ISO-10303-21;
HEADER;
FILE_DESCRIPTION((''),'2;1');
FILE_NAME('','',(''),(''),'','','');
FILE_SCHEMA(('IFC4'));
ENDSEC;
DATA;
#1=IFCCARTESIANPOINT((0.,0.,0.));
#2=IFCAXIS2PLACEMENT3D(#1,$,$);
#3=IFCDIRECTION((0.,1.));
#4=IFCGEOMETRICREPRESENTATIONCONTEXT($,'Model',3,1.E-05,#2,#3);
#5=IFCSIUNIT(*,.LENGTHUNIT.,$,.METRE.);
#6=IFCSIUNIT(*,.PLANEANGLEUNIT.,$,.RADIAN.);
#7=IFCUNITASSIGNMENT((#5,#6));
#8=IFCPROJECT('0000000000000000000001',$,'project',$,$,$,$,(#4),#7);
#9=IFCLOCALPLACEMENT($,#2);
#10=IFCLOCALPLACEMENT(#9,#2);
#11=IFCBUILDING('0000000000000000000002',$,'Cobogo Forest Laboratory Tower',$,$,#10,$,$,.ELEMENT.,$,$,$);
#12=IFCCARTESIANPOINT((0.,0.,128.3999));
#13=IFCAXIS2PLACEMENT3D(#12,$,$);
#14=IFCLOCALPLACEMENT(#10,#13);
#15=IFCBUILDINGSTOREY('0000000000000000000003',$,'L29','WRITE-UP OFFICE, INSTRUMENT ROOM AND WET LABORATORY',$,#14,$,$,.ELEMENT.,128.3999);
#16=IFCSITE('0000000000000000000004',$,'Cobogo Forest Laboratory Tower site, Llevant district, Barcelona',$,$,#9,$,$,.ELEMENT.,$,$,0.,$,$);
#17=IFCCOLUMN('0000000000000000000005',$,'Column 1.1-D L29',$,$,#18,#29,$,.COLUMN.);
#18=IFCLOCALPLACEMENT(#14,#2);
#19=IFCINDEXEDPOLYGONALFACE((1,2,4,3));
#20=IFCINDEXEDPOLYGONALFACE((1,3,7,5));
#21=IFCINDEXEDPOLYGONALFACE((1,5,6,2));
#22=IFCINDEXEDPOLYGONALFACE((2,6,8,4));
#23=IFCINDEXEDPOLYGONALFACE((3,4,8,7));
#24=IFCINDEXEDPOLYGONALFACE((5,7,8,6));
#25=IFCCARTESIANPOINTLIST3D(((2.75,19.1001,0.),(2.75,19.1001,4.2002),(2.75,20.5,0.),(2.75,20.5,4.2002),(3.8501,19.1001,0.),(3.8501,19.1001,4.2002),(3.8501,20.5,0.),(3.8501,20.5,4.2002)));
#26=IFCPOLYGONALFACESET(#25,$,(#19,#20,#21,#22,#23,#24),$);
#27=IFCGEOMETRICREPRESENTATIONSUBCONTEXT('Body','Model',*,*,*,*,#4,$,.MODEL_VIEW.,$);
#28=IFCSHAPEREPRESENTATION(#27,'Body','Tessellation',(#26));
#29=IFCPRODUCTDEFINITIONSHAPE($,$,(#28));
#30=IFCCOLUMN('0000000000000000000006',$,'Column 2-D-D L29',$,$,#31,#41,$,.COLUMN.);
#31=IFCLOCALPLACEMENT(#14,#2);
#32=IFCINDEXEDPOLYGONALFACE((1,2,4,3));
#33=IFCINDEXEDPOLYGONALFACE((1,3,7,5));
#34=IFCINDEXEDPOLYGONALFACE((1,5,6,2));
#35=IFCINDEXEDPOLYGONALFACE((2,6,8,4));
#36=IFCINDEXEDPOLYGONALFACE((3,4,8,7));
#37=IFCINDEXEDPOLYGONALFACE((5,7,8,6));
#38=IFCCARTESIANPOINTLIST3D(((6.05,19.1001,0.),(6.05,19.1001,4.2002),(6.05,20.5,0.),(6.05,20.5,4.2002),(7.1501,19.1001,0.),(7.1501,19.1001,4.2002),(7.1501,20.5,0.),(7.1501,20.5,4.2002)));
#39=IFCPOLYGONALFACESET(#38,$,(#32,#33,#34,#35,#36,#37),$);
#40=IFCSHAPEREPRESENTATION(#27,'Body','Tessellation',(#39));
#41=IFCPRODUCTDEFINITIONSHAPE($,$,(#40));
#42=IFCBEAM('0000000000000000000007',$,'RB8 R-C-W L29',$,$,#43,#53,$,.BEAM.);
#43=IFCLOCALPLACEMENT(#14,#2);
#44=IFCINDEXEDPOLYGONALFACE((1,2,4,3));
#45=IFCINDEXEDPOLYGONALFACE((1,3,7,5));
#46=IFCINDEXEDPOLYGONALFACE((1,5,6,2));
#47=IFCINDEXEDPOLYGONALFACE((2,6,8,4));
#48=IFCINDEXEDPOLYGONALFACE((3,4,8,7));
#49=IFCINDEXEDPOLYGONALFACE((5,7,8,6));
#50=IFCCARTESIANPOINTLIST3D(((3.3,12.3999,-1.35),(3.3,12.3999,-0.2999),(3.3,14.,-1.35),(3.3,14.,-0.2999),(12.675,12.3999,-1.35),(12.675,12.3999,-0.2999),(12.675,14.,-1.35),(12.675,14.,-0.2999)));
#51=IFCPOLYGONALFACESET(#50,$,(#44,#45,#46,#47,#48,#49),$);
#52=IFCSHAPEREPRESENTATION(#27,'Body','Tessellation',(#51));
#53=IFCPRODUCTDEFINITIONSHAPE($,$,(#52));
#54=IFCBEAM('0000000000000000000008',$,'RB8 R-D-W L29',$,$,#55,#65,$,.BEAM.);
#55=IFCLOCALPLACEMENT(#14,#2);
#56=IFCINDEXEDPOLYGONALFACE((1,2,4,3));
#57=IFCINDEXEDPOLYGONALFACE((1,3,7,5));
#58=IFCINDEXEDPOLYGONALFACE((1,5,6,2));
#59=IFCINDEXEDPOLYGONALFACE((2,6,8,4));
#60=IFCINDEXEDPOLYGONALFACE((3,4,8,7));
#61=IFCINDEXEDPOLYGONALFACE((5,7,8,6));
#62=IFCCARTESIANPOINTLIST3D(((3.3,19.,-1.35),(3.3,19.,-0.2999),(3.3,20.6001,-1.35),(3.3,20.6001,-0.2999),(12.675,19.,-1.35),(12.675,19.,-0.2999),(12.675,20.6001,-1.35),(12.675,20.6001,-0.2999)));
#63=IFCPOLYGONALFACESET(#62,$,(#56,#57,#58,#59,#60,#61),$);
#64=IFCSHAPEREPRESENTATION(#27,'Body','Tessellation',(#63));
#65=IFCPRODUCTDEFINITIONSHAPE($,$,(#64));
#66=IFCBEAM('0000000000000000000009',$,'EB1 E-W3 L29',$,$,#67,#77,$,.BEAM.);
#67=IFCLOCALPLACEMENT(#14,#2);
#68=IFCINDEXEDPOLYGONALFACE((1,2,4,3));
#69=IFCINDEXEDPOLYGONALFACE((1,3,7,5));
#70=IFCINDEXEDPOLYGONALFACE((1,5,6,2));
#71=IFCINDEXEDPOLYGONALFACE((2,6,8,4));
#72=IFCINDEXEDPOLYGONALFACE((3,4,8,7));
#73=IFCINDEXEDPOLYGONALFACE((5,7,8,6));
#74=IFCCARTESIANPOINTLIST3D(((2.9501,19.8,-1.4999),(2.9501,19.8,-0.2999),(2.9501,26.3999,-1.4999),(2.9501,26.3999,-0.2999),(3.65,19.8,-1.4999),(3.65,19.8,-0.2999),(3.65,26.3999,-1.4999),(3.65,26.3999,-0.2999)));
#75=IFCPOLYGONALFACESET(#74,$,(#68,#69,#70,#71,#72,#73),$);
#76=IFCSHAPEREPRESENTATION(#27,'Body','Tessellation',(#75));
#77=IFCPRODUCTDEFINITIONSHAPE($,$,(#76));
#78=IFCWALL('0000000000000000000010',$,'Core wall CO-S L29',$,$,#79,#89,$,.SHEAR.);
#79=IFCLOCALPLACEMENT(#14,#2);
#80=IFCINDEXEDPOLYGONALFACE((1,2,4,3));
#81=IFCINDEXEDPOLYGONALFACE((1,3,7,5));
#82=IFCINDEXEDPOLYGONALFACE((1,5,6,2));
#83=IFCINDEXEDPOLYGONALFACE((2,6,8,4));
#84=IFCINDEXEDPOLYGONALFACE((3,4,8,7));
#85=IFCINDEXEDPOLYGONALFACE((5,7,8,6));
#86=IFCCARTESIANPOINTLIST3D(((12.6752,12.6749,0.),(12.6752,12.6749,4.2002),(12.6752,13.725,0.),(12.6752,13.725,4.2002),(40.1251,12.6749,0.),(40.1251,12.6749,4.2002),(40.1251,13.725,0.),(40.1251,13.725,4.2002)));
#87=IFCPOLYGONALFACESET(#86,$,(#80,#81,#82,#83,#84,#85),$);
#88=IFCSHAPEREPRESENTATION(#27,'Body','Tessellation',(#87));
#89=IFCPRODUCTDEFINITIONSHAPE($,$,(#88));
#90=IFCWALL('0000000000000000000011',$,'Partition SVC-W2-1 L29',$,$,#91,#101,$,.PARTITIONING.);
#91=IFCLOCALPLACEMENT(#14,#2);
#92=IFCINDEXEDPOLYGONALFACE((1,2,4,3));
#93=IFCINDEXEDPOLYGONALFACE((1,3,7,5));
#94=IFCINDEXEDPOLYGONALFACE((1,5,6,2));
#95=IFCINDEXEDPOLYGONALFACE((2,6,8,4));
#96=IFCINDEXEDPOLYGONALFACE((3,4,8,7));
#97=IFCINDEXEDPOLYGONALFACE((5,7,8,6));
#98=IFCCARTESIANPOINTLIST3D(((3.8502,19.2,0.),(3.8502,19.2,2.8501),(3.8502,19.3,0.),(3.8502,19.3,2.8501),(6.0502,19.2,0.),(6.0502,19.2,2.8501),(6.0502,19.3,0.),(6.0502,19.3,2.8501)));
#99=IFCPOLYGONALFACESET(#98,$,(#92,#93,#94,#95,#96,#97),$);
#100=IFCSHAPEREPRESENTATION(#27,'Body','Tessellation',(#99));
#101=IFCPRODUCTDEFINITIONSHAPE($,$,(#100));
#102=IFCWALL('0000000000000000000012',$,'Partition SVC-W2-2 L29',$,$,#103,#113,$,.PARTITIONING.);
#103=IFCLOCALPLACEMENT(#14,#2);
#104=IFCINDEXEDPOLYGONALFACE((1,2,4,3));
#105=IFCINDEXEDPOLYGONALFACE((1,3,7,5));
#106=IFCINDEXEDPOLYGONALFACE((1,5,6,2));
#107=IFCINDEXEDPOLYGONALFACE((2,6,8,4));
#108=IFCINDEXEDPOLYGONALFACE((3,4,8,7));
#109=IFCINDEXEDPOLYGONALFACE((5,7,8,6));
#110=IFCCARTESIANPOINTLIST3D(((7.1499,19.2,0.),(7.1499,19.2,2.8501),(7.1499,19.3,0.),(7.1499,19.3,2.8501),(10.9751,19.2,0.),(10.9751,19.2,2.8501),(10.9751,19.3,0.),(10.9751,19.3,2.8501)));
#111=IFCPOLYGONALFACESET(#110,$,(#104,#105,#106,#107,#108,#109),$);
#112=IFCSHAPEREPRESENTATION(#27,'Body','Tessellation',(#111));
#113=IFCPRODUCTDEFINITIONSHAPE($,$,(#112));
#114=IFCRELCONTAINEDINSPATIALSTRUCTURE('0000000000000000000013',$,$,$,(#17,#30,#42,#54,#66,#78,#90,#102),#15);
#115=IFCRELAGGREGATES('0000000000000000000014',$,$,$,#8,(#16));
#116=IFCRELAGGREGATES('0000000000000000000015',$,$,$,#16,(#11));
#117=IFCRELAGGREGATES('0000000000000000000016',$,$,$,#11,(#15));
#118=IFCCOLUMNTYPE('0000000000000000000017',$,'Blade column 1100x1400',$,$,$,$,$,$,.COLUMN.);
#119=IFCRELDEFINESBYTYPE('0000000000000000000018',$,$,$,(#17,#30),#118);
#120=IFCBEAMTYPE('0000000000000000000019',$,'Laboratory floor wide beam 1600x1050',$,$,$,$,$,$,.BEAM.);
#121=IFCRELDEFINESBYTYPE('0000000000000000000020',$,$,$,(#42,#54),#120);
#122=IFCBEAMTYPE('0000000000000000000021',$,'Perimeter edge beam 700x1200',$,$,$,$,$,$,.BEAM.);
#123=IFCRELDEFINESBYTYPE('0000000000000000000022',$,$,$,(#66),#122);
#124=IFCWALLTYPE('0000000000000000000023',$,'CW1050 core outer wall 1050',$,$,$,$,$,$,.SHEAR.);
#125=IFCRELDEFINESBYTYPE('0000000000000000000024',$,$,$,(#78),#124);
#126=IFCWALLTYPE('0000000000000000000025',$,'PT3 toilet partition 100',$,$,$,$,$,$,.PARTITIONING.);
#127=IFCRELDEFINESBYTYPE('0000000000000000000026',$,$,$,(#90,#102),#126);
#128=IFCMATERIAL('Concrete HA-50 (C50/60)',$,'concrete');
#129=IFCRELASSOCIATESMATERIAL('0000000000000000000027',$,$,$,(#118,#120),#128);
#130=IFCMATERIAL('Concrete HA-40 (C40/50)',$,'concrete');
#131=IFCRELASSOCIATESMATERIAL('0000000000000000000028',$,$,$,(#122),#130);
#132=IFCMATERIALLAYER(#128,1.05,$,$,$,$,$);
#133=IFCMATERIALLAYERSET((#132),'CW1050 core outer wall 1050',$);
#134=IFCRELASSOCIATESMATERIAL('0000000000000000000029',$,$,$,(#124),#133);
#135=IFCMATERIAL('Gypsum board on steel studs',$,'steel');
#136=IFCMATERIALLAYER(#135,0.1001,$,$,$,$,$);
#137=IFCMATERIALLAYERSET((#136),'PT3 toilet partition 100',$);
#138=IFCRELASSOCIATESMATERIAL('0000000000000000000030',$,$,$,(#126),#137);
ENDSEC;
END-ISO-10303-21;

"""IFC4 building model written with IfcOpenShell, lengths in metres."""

from ifc_helpers import new_model, si_unit, direction, frame, frame_2d, origin, origin_2d, place, context, subcontext, project, spatial, rectangle, extrude, material, layer, layer_set, material_profile, profile_set, type_object, element, save


model = new_model("IFC4")

# Units and contexts
model_context = context("Model", 3, precision=1e-05, world=origin(), true_north=direction((0.0, 1.0)))
body_context = subcontext(model_context, "Body", "Model", "MODEL_VIEW")
ifc_project = project(units=[si_unit("LENGTHUNIT", "METRE"), si_unit("PLANEANGLEUNIT", "RADIAN")], contexts=[model_context])

# Site, building, storey
site_placement = place(None, origin())
site = spatial("IfcSite", under=ifc_project, at=site_placement, Name="Cobogo Forest Laboratory Tower site, Llevant district, Barcelona", CompositionType="ELEMENT", RefElevation=0.0)
building_placement = place(site_placement, origin())
building = spatial("IfcBuilding", under=site, at=building_placement, Name="Cobogo Forest Laboratory Tower", CompositionType="ELEMENT")
storey_placement = place(building_placement, frame((0.0, 0.0, 128.3999)))
storey = spatial("IfcBuildingStorey", under=building, at=storey_placement, Name="L29", Description="WRITE-UP OFFICE, INSTRUMENT ROOM AND WET LABORATORY", CompositionType="ELEMENT", Elevation=128.3999)

# Columns
ifc_material_1 = material(Name="Concrete HA-50 (C50/60)", Category="concrete")
ifc_material_profile_1 = material_profile(ifc_material_1, rectangle(XDim=1.3999, YDim=1.1001, at=origin_2d()), Name="RC 1100x1400")
ifc_profile_set_1 = profile_set([ifc_material_profile_1], Name="Concrete HA-50 (C50/60)")
column_type = type_object("IfcColumnType", Name="Blade column 1100x1400", PredefinedType="COLUMN", material=ifc_profile_set_1)
for number, where, z_axis, x_axis, name in (
    (1, (3.3, 19.8, 0.0), (0.0, 0.0, 1.0), (0.0, 1.0, 0.0), "Column 1.1-D L29"),
    (2, (6.6001, 19.8, 0.0), (0.0, 0.0, 1.0), (0.0, 1.0, 0.0), "Column 2-D-D L29"),
):
    element("IfcColumn", number, at=place(storey_placement, frame(where, z_axis=z_axis, x_axis=x_axis)), inside=storey, type_object=column_type, Name=name, PredefinedType="COLUMN", context=body_context, shape_type="SweptSolid", body=[
        extrude(rectangle(XDim=1.3999, YDim=1.1001, at=origin_2d()), origin(), (0.0, 0.0, 1.0), 4.2002),
    ])

# Beams
ifc_material_profile_2 = material_profile(ifc_material_1, rectangle(XDim=1.6001, YDim=1.05, at=origin_2d()), Name="RC 1600x1050")
ifc_profile_set_2 = profile_set([ifc_material_profile_2], Name="Concrete HA-50 (C50/60)")
beam_type_1 = type_object("IfcBeamType", Name="Laboratory floor wide beam 1600x1050", PredefinedType="BEAM", material=ifc_profile_set_2)
for number, where, z_axis, x_axis, name in (
    (3, (12.675, 13.2, -0.825), (-1.0, 0.0, 0.0), (0.0, -1.0, 0.0), "RB8 R-C-W L29"),
    (4, (12.675, 19.8, -0.825), (-1.0, 0.0, 0.0), (0.0, -1.0, 0.0), "RB8 R-D-W L29"),
):
    element("IfcBeam", number, at=place(storey_placement, frame(where, z_axis=z_axis, x_axis=x_axis)), inside=storey, type_object=beam_type_1, Name=name, PredefinedType="BEAM", context=body_context, shape_type="SweptSolid", body=[
        extrude(rectangle(XDim=1.6001, YDim=1.05, at=origin_2d()), origin(), (0.0, 0.0, 1.0), 9.375),
    ])
ifc_material_2 = material(Name="Concrete HA-40 (C40/50)", Category="concrete")
ifc_material_profile_3 = material_profile(ifc_material_2, rectangle(XDim=0.7, YDim=1.2, at=origin_2d()), Name="RC 700x1200")
ifc_profile_set_3 = profile_set([ifc_material_profile_3], Name="Concrete HA-40 (C40/50)")
beam_type_2 = type_object("IfcBeamType", Name="Perimeter edge beam 700x1200", PredefinedType="BEAM", material=ifc_profile_set_3)
beam_placement = place(storey_placement, frame((3.3, 19.8, -0.8999), z_axis=(0.0, 1.0, 0.0), x_axis=(-1.0, 0.0, 0.0)))
element("IfcBeam", 5, at=beam_placement, inside=storey, type_object=beam_type_2, Name="EB1 E-W3 L29", PredefinedType="BEAM", context=body_context, shape_type="SweptSolid", body=[
    extrude(rectangle(XDim=0.7, YDim=1.2, at=origin_2d()), origin(), (0.0, 0.0, 1.0), 6.5999),
])

# Walls
ifc_layer_1 = layer(ifc_material_1, 1.05)
ifc_layer_set_1 = layer_set([ifc_layer_1], Name="CW1050 core outer wall 1050")
wall_type_1 = type_object("IfcWallType", Name="CW1050 core outer wall 1050", PredefinedType="SHEAR", material=ifc_layer_set_1)
wall_1_placement = place(storey_placement, frame((12.675, 13.2, 0.0), z_axis=(0.0, 0.0, 1.0), x_axis=(1.0, 0.0, 0.0)))
element("IfcWall", 6, at=wall_1_placement, inside=storey, type_object=wall_type_1, Name="Core wall CO-S L29", PredefinedType="SHEAR", context=body_context, shape_type="SweptSolid", body=[
    extrude(rectangle(XDim=27.45, YDim=1.05, at=frame_2d((13.7251, 0.0))), origin(), (0.0, 0.0, 1.0), 4.2002),
])
ifc_material_3 = material(Name="Gypsum board on steel studs", Category="steel")
ifc_layer_2 = layer(ifc_material_3, 0.1001)
ifc_layer_set_2 = layer_set([ifc_layer_2], Name="PT3 toilet partition 100")
wall_type_2 = type_object("IfcWallType", Name="PT3 toilet partition 100", PredefinedType="PARTITIONING", material=ifc_layer_set_2)
wall_2_placement = place(storey_placement, frame((3.8501, 19.25, 0.0), z_axis=(0.0, 0.0, 1.0), x_axis=(1.0, 0.0, 0.0)))
element("IfcWall", 7, at=wall_2_placement, inside=storey, type_object=wall_type_2, Name="Partition SVC-W2-1 L29", PredefinedType="PARTITIONING", context=body_context, shape_type="SweptSolid", body=[
    extrude(rectangle(XDim=2.2, YDim=0.1001, at=frame_2d((1.1001, 0.0))), origin(), (0.0, 0.0, 1.0), 2.8501),
])
wall_3_placement = place(storey_placement, frame((7.1499, 19.25, 0.0), z_axis=(0.0, 0.0, 1.0), x_axis=(1.0, 0.0, 0.0)))
element("IfcWall", 8, at=wall_3_placement, inside=storey, type_object=wall_type_2, Name="Partition SVC-W2-2 L29", PredefinedType="PARTITIONING", context=body_context, shape_type="SweptSolid", body=[
    extrude(rectangle(XDim=3.8252, YDim=0.1001, at=frame_2d((1.9126, 0.0))), origin(), (0.0, 0.0, 1.0), 2.8501),
])

save(model, "model.ifc")
